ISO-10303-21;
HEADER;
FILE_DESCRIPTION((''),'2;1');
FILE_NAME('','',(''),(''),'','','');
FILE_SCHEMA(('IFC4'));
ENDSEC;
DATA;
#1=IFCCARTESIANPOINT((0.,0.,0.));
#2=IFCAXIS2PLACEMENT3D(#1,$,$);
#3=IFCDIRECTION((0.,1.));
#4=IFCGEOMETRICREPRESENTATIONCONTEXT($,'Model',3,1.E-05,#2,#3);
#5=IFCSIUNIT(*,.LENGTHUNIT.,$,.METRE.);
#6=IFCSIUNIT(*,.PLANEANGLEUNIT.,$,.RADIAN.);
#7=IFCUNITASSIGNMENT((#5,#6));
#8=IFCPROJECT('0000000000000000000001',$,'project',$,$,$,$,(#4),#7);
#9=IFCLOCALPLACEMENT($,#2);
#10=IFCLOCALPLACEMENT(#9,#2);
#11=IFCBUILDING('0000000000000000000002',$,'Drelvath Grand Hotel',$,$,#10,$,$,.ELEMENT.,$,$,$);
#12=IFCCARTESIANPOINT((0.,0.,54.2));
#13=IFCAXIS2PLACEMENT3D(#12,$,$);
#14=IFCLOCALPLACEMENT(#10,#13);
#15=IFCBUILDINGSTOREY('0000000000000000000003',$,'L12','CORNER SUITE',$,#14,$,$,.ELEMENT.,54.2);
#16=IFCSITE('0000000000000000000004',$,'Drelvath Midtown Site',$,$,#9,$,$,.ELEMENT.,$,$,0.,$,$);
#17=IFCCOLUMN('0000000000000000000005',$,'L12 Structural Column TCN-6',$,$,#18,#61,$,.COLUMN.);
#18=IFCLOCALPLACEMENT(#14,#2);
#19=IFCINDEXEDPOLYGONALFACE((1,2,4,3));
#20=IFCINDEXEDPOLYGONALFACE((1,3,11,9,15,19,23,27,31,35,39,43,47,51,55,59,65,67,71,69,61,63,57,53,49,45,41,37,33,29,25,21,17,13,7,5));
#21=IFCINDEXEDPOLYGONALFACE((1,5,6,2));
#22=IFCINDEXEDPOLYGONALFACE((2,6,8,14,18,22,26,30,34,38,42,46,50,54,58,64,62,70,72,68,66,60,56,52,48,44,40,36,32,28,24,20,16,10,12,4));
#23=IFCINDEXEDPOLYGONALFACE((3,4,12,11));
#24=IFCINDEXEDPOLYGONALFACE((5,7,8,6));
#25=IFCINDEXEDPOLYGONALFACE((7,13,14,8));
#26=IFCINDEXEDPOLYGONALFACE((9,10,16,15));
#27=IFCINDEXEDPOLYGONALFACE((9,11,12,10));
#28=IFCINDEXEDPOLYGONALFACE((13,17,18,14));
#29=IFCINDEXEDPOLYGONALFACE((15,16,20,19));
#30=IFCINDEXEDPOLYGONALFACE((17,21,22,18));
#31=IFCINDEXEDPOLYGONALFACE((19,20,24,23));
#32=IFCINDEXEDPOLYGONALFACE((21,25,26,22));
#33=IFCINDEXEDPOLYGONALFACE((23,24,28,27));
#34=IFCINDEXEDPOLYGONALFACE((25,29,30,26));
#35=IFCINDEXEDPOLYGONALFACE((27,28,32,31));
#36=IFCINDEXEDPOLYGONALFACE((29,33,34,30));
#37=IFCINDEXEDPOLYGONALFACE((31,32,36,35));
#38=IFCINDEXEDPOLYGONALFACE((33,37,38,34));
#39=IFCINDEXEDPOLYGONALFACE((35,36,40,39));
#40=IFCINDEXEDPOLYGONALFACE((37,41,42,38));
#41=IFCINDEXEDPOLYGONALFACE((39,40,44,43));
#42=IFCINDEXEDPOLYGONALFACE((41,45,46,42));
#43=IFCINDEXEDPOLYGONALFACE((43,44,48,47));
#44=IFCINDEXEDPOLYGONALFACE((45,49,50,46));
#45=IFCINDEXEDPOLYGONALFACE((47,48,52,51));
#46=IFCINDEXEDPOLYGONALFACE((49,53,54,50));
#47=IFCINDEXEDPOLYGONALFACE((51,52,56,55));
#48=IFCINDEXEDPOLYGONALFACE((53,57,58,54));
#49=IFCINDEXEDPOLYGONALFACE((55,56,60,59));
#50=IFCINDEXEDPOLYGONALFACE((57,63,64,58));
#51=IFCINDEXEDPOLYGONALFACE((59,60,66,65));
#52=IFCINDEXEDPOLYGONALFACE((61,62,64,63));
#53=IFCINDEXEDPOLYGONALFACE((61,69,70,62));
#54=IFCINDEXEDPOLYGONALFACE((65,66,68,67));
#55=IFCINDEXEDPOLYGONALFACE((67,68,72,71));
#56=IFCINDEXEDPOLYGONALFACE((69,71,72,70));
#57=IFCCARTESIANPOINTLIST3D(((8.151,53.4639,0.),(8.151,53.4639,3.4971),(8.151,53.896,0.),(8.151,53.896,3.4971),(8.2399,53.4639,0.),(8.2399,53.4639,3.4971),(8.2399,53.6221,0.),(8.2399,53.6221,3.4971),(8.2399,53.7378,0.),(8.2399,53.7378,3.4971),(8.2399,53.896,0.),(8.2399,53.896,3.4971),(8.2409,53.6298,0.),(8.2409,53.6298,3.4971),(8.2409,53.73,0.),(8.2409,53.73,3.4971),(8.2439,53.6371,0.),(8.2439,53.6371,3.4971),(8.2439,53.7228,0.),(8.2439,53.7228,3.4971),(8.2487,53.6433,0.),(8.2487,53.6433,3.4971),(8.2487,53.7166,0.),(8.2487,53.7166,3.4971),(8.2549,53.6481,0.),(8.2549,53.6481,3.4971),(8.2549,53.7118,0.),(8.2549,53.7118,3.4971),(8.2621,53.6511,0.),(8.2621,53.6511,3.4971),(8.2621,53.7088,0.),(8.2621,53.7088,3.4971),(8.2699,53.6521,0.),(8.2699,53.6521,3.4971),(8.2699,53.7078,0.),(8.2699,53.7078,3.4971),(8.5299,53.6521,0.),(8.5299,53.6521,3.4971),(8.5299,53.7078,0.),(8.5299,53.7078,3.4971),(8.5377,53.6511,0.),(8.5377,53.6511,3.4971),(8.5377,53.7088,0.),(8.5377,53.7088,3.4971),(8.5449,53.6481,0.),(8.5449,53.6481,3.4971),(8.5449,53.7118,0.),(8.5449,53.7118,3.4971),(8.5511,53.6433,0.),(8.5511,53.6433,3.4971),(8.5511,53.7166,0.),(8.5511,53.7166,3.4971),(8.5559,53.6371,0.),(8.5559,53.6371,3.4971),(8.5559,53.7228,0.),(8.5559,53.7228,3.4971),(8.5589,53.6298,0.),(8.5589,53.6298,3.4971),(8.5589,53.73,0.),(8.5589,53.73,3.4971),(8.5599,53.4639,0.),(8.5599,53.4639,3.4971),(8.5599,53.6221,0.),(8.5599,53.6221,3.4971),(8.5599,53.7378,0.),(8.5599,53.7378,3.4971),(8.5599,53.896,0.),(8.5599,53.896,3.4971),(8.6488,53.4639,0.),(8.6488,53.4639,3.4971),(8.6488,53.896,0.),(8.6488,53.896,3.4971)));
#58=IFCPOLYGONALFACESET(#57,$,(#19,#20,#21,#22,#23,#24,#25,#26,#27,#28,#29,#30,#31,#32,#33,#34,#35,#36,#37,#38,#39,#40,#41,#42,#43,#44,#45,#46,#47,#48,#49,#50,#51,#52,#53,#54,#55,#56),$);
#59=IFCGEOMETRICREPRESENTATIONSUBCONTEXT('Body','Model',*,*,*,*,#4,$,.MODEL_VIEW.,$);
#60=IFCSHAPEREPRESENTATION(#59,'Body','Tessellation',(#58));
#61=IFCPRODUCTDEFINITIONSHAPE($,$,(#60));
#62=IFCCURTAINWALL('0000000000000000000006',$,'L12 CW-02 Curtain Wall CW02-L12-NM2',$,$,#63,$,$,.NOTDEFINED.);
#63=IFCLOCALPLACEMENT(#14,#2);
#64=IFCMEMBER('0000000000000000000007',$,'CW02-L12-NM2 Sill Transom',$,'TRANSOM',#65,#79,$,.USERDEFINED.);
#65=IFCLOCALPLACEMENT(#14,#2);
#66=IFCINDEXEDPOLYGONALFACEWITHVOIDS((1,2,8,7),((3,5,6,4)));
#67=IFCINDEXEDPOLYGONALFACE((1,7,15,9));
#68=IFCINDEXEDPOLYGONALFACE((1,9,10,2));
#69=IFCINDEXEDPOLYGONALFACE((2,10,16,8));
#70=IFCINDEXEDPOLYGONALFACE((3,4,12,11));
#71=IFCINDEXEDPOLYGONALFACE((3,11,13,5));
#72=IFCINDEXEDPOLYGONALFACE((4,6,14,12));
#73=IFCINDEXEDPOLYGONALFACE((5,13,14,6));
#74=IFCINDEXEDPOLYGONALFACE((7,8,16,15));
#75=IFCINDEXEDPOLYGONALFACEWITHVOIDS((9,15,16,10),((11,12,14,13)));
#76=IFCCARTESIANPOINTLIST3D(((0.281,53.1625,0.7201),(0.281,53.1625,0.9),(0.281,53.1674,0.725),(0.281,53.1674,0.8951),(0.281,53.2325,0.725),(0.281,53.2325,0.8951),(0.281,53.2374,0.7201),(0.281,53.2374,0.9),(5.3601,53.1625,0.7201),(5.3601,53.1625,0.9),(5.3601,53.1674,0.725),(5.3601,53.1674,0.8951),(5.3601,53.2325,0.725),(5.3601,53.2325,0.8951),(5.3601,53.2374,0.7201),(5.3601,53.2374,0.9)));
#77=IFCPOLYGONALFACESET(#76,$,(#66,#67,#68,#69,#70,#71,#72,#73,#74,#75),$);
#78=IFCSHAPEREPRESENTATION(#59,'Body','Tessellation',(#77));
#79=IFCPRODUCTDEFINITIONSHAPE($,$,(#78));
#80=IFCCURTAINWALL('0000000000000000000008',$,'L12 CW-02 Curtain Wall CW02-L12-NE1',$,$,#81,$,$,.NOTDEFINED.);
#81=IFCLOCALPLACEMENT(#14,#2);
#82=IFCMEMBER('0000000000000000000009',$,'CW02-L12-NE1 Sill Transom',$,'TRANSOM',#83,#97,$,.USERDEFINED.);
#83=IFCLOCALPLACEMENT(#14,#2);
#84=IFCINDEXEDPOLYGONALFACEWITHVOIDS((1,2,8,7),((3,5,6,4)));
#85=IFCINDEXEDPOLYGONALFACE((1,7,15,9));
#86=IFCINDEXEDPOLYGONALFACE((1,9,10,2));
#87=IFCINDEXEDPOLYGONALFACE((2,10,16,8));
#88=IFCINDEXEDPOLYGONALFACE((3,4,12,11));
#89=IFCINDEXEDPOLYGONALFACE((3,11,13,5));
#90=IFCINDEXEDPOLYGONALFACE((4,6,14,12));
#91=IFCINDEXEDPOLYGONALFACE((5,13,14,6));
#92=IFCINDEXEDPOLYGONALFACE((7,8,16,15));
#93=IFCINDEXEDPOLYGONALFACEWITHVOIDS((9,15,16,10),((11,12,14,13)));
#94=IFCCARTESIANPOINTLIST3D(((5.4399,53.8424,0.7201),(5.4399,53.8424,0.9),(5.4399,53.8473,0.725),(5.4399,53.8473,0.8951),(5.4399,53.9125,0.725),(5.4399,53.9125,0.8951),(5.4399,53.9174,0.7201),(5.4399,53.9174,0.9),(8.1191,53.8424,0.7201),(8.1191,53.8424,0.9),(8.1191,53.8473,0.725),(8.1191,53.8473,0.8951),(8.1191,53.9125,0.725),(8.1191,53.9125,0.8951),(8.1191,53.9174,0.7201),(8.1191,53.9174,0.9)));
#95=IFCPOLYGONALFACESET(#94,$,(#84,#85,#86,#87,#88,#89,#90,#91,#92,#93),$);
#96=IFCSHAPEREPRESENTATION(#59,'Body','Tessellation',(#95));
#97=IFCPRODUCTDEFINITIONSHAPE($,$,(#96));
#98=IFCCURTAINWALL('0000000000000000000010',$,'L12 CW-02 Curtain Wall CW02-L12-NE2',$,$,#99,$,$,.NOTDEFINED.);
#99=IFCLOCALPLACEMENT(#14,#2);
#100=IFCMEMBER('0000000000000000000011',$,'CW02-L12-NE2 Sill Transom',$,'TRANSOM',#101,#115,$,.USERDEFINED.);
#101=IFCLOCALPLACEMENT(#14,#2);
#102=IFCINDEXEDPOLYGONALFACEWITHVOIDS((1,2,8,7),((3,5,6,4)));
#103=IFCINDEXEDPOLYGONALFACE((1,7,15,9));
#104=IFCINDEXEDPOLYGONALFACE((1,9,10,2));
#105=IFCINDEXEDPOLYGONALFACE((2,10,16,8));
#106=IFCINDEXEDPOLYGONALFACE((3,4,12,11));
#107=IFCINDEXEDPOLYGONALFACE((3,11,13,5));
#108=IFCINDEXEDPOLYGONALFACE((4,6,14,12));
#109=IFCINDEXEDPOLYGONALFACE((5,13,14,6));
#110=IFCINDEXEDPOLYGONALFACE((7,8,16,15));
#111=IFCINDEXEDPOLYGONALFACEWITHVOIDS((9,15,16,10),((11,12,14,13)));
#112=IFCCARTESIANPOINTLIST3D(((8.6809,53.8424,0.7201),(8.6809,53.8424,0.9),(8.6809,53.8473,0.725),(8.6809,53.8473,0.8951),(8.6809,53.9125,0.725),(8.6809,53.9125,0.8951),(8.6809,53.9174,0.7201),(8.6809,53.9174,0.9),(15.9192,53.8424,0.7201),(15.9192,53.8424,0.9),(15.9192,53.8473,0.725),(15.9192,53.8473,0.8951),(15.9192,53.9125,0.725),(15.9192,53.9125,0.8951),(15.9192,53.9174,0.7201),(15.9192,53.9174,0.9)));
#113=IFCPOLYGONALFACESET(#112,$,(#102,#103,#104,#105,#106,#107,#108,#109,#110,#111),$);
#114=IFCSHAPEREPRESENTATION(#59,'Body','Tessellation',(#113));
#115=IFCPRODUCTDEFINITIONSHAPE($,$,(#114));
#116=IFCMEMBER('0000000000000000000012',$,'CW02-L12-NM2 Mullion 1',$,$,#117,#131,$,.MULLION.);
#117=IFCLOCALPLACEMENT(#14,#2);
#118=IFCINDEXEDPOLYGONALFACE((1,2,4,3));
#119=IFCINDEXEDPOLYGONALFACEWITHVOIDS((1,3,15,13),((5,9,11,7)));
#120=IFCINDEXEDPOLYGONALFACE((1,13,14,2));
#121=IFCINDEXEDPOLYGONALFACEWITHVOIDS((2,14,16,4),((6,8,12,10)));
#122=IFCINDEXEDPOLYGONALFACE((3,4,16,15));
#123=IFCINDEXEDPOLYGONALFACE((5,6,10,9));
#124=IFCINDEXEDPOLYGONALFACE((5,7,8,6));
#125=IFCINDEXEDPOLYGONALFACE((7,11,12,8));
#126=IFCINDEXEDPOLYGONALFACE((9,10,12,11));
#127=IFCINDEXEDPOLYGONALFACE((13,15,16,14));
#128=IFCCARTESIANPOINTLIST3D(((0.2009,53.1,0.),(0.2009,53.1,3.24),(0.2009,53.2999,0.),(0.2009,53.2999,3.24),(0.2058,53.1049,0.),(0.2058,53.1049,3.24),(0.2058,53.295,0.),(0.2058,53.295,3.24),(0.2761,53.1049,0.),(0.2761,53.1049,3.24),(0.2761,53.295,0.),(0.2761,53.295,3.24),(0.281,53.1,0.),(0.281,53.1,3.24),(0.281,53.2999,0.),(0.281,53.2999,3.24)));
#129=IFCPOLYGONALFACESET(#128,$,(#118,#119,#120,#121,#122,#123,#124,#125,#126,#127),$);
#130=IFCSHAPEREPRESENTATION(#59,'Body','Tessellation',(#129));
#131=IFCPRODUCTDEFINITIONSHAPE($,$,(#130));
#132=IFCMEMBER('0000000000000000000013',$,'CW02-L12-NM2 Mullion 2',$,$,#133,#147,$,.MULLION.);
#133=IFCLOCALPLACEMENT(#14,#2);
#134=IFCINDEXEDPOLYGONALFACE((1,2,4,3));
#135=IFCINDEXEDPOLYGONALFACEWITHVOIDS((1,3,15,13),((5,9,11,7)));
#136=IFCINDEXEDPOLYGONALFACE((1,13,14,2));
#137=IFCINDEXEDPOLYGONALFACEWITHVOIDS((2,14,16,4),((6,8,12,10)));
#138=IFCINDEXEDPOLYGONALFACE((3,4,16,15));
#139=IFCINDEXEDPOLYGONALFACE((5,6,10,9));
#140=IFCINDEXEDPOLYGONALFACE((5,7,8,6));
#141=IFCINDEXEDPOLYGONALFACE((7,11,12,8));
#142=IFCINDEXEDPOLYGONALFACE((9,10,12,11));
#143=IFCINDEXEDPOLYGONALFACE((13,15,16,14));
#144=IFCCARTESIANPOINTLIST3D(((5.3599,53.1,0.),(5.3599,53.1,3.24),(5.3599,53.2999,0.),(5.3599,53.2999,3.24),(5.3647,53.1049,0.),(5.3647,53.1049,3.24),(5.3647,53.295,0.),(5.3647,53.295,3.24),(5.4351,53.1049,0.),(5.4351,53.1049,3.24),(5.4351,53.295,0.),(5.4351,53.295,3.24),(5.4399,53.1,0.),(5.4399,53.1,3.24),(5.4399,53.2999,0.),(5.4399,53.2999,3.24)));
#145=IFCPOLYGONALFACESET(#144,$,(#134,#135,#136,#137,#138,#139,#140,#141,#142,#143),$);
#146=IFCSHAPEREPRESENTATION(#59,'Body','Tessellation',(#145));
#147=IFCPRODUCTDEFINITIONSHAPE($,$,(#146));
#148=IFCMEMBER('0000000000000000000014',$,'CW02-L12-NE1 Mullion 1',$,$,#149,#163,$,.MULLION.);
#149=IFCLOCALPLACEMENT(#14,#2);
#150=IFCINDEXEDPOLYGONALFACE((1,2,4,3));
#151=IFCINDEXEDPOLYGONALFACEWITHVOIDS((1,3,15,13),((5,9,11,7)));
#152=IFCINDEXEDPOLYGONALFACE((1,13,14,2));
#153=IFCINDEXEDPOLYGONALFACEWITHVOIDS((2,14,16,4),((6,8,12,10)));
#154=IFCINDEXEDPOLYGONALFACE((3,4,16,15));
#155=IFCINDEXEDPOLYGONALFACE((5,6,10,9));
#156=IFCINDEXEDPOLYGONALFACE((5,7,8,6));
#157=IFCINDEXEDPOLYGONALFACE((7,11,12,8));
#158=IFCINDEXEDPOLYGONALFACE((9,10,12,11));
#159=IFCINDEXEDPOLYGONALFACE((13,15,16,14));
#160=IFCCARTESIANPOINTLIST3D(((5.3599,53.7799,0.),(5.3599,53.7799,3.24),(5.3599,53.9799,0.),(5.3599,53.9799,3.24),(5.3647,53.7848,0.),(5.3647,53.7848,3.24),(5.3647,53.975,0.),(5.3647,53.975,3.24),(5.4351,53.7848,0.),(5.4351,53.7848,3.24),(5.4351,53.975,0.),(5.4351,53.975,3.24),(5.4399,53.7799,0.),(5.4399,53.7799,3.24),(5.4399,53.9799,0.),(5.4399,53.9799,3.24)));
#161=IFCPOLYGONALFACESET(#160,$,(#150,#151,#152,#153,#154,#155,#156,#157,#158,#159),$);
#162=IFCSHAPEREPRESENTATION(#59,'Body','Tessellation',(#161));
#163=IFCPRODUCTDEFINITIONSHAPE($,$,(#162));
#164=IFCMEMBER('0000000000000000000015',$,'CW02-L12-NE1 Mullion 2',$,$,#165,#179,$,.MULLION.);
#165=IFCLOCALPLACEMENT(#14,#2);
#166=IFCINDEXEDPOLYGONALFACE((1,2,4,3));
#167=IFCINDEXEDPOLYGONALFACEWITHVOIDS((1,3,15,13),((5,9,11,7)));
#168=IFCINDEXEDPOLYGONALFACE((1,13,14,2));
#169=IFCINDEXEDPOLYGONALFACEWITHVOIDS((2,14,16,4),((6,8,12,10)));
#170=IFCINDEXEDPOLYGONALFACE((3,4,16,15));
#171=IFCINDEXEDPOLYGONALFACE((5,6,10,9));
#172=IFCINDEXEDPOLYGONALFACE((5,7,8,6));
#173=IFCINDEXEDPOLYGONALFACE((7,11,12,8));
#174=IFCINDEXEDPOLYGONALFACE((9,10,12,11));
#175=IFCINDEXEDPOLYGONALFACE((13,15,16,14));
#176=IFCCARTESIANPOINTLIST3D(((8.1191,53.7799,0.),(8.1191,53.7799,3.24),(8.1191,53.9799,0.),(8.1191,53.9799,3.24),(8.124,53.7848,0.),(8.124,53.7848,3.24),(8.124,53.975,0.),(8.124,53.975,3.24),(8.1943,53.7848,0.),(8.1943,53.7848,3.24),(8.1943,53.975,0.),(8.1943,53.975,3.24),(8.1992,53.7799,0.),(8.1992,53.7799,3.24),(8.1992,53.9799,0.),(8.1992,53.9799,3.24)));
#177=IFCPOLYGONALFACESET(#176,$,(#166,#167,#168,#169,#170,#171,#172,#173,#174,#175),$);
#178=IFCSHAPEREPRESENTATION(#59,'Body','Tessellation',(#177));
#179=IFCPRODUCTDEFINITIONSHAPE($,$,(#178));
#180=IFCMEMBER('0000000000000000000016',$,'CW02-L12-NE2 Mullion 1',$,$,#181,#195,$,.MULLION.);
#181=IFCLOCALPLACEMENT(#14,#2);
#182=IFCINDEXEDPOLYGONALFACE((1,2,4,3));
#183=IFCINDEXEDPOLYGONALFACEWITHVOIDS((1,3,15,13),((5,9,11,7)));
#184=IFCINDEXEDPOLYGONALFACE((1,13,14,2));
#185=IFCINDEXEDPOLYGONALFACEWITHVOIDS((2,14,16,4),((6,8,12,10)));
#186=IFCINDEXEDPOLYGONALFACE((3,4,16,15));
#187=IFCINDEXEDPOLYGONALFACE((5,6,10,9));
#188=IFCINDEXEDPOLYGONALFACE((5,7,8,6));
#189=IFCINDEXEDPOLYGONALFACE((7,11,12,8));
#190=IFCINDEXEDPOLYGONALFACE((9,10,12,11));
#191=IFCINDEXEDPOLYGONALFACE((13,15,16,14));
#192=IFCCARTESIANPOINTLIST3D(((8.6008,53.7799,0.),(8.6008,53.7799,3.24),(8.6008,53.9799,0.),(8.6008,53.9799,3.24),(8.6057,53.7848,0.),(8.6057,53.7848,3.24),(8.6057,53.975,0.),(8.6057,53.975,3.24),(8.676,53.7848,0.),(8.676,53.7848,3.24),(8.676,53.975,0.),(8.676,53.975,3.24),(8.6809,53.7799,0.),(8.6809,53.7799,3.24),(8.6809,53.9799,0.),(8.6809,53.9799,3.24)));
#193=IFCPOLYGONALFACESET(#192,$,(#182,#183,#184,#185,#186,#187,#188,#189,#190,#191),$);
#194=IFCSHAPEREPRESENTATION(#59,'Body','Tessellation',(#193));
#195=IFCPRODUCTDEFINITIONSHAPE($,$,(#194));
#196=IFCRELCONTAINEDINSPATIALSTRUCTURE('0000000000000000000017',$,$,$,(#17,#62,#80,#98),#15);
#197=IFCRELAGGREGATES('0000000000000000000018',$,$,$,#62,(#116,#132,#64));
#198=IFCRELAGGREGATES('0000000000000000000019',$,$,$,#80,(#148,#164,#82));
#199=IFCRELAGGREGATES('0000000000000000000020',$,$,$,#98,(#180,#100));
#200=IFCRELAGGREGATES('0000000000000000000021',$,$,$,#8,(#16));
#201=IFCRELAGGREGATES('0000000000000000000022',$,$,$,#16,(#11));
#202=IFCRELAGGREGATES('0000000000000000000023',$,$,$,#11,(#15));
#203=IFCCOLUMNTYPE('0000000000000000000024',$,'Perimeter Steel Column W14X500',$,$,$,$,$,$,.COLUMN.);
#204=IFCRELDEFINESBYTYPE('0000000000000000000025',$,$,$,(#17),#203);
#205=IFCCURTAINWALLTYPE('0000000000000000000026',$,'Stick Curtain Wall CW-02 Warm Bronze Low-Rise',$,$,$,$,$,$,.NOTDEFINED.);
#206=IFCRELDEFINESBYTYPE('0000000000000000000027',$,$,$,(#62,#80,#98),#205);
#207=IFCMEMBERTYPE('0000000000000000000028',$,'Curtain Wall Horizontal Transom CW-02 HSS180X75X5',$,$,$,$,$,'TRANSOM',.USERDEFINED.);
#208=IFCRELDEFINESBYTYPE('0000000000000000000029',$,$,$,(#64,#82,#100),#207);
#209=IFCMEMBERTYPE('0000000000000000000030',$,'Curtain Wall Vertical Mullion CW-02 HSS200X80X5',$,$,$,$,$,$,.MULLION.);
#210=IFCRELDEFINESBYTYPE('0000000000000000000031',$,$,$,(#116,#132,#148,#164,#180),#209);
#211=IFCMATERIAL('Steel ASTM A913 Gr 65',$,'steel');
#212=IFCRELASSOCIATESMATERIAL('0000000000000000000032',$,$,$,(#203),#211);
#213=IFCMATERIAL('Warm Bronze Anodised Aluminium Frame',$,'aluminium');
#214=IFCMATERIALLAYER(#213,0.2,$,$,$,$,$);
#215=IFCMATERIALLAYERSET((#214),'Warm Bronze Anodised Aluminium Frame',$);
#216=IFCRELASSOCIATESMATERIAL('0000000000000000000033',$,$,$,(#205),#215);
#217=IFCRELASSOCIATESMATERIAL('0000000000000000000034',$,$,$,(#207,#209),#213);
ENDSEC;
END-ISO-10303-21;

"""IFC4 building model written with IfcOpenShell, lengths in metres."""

from ifc_helpers import new_model, si_unit, direction, frame, origin, origin_2d, place, context, subcontext, project, spatial, hollow_rectangle, i_section, extrude, material, layer, layer_set, material_profile, profile_set, type_object, element, aggregate, save


model = new_model("IFC4")

# Units and contexts
model_context = context("Model", 3, precision=1e-05, world=origin(), true_north=direction((0.0, 1.0)))
body_context = subcontext(model_context, "Body", "Model", "MODEL_VIEW")
ifc_project = project(units=[si_unit("LENGTHUNIT", "METRE"), si_unit("PLANEANGLEUNIT", "RADIAN")], contexts=[model_context])

# Site, building, storey
site_placement = place(None, origin())
site = spatial("IfcSite", under=ifc_project, at=site_placement, Name="Drelvath Midtown Site", CompositionType="ELEMENT", RefElevation=0.0)
building_placement = place(site_placement, origin())
building = spatial("IfcBuilding", under=site, at=building_placement, Name="Drelvath Grand Hotel", CompositionType="ELEMENT")
storey_placement = place(building_placement, frame((0.0, 0.0, 54.2)))
storey = spatial("IfcBuildingStorey", under=building, at=storey_placement, Name="L12", Description="CORNER SUITE", CompositionType="ELEMENT", Elevation=54.2)

# Column
ifc_material_1 = material(Name="Steel ASTM A913 Gr 65", Category="steel")
ifc_material_profile_1 = material_profile(ifc_material_1, i_section(OverallWidth=0.4321, OverallDepth=0.4978, WebThickness=0.0557, FlangeThickness=0.0889, FilletRadius=0.03, at=origin_2d()), Name="W14X500")
ifc_profile_set_1 = profile_set([ifc_material_profile_1], Name="Steel ASTM A913 Gr 65")
column_type = type_object("IfcColumnType", Name="Perimeter Steel Column W14X500", PredefinedType="COLUMN", material=ifc_profile_set_1)
column_placement = place(storey_placement, frame((8.3999, 53.6799, 0.0), z_axis=(0.0, 0.0, 1.0), x_axis=(0.0, 1.0, 0.0)))
element("IfcColumn", 1, at=column_placement, inside=storey, type_object=column_type, Name="L12 Structural Column TCN-6", PredefinedType="COLUMN", context=body_context, shape_type="SweptSolid", body=[
    extrude(i_section(OverallWidth=0.4321, OverallDepth=0.4978, WebThickness=0.0557, FlangeThickness=0.0889, FilletRadius=0.03, at=origin_2d()), origin(), (0.0, 0.0, 1.0), 3.4971),
])

# Curtain walls, members
ifc_material_2 = material(Name="Warm Bronze Anodised Aluminium Frame", Category="aluminium")
ifc_layer_1 = layer(ifc_material_2, 0.2)
ifc_layer_set_1 = layer_set([ifc_layer_1], Name="Warm Bronze Anodised Aluminium Frame")
curtain_wall_type = type_object("IfcCurtainWallType", Name="Stick Curtain Wall CW-02 Warm Bronze Low-Rise", PredefinedType="NOTDEFINED", material=ifc_layer_set_1)
curtain_wall_1_placement = place(storey_placement, origin())
curtain_wall_1 = element("IfcCurtainWall", 2, at=curtain_wall_1_placement, inside=storey, type_object=curtain_wall_type, Name="L12 CW-02 Curtain Wall CW02-L12-NM2", PredefinedType="NOTDEFINED")
ifc_material_profile_2 = material_profile(ifc_material_2, hollow_rectangle(XDim=0.075, YDim=0.1799, WallThickness=0.0049, at=origin_2d()), Name="HSS180X75X5")
ifc_profile_set_2 = profile_set([ifc_material_profile_2], Name="Warm Bronze Anodised Aluminium Frame")
member_type_1 = type_object("IfcMemberType", Name="Curtain Wall Horizontal Transom CW-02 HSS180X75X5", ElementType="TRANSOM", PredefinedType="USERDEFINED", material=ifc_profile_set_2)
member_1_placement = place(storey_placement, frame((0.281, 53.2, 0.8101), z_axis=(1.0, 0.0, 0.0), x_axis=(0.0, 1.0, 0.0)))
member_1 = element("IfcMember", 3, at=member_1_placement, type_object=member_type_1, Name="CW02-L12-NM2 Sill Transom", ObjectType="TRANSOM", PredefinedType="USERDEFINED", context=body_context, shape_type="SweptSolid", body=[
    extrude(hollow_rectangle(XDim=0.075, YDim=0.1799, WallThickness=0.0049, at=origin_2d()), origin(), (0.0, 0.0, 1.0), 5.0791),
])
curtain_wall_2_placement = place(storey_placement, origin())
curtain_wall_2 = element("IfcCurtainWall", 4, at=curtain_wall_2_placement, inside=storey, type_object=curtain_wall_type, Name="L12 CW-02 Curtain Wall CW02-L12-NE1", PredefinedType="NOTDEFINED")
member_2_placement = place(storey_placement, frame((5.4399, 53.8799, 0.8101), z_axis=(1.0, 0.0, 0.0), x_axis=(0.0, 1.0, 0.0)))
member_2 = element("IfcMember", 5, at=member_2_placement, type_object=member_type_1, Name="CW02-L12-NE1 Sill Transom", ObjectType="TRANSOM", PredefinedType="USERDEFINED", context=body_context, shape_type="SweptSolid", body=[
    extrude(hollow_rectangle(XDim=0.075, YDim=0.1799, WallThickness=0.0049, at=origin_2d()), origin(), (0.0, 0.0, 1.0), 2.6792),
])
curtain_wall_3_placement = place(storey_placement, origin())
curtain_wall_3 = element("IfcCurtainWall", 6, at=curtain_wall_3_placement, inside=storey, type_object=curtain_wall_type, Name="L12 CW-02 Curtain Wall CW02-L12-NE2", PredefinedType="NOTDEFINED")
member_3_placement = place(storey_placement, frame((8.6809, 53.8799, 0.8101), z_axis=(1.0, 0.0, 0.0), x_axis=(0.0, 1.0, 0.0)))
member_3 = element("IfcMember", 7, at=member_3_placement, type_object=member_type_1, Name="CW02-L12-NE2 Sill Transom", ObjectType="TRANSOM", PredefinedType="USERDEFINED", context=body_context, shape_type="SweptSolid", body=[
    extrude(hollow_rectangle(XDim=0.075, YDim=0.1799, WallThickness=0.0049, at=origin_2d()), origin(), (0.0, 0.0, 1.0), 7.2383),
])

# Members
ifc_material_profile_3 = material_profile(ifc_material_2, hollow_rectangle(XDim=0.0801, YDim=0.2, WallThickness=0.0049, at=origin_2d()), Name="HSS200X80X5")
ifc_profile_set_3 = profile_set([ifc_material_profile_3], Name="Warm Bronze Anodised Aluminium Frame")
member_type_2 = type_object("IfcMemberType", Name="Curtain Wall Vertical Mullion CW-02 HSS200X80X5", PredefinedType="MULLION", material=ifc_profile_set_3)
member_4_placement = place(storey_placement, frame((0.241, 53.2, 0.0), z_axis=(0.0, 0.0, 1.0), x_axis=(1.0, 0.0, 0.0)))
member_4 = element("IfcMember", 8, at=member_4_placement, type_object=member_type_2, Name="CW02-L12-NM2 Mullion 1", PredefinedType="MULLION", context=body_context, shape_type="SweptSolid", body=[
    extrude(hollow_rectangle(XDim=0.0801, YDim=0.2, WallThickness=0.0049, at=origin_2d()), origin(), (0.0, 0.0, 1.0), 3.24),
])
member_5_placement = place(storey_placement, frame((5.3999, 53.2, 0.0), z_axis=(0.0, 0.0, 1.0), x_axis=(1.0, 0.0, 0.0)))
member_5 = element("IfcMember", 9, at=member_5_placement, type_object=member_type_2, Name="CW02-L12-NM2 Mullion 2", PredefinedType="MULLION", context=body_context, shape_type="SweptSolid", body=[
    extrude(hollow_rectangle(XDim=0.0801, YDim=0.2, WallThickness=0.0049, at=origin_2d()), origin(), (0.0, 0.0, 1.0), 3.24),
])
member_6_placement = place(storey_placement, frame((5.3999, 53.8799, 0.0), z_axis=(0.0, 0.0, 1.0), x_axis=(1.0, 0.0, 0.0)))
member_6 = element("IfcMember", 10, at=member_6_placement, type_object=member_type_2, Name="CW02-L12-NE1 Mullion 1", PredefinedType="MULLION", context=body_context, shape_type="SweptSolid", body=[
    extrude(hollow_rectangle(XDim=0.0801, YDim=0.2, WallThickness=0.0049, at=origin_2d()), origin(), (0.0, 0.0, 1.0), 3.24),
])
member_7_placement = place(storey_placement, frame((8.1592, 53.8799, 0.0), z_axis=(0.0, 0.0, 1.0), x_axis=(1.0, 0.0, 0.0)))
member_7 = element("IfcMember", 11, at=member_7_placement, type_object=member_type_2, Name="CW02-L12-NE1 Mullion 2", PredefinedType="MULLION", context=body_context, shape_type="SweptSolid", body=[
    extrude(hollow_rectangle(XDim=0.0801, YDim=0.2, WallThickness=0.0049, at=origin_2d()), origin(), (0.0, 0.0, 1.0), 3.24),
])
member_8_placement = place(storey_placement, frame((8.6409, 53.8799, 0.0), z_axis=(0.0, 0.0, 1.0), x_axis=(1.0, 0.0, 0.0)))
member_8 = element("IfcMember", 12, at=member_8_placement, type_object=member_type_2, Name="CW02-L12-NE2 Mullion 1", PredefinedType="MULLION", context=body_context, shape_type="SweptSolid", body=[
    extrude(hollow_rectangle(XDim=0.0801, YDim=0.2, WallThickness=0.0049, at=origin_2d()), origin(), (0.0, 0.0, 1.0), 3.24),
])

aggregate(curtain_wall_1, [member_4, member_5, member_1])
aggregate(curtain_wall_2, [member_6, member_7, member_2])
aggregate(curtain_wall_3, [member_8, member_3])

save(model, "model.ifc")
